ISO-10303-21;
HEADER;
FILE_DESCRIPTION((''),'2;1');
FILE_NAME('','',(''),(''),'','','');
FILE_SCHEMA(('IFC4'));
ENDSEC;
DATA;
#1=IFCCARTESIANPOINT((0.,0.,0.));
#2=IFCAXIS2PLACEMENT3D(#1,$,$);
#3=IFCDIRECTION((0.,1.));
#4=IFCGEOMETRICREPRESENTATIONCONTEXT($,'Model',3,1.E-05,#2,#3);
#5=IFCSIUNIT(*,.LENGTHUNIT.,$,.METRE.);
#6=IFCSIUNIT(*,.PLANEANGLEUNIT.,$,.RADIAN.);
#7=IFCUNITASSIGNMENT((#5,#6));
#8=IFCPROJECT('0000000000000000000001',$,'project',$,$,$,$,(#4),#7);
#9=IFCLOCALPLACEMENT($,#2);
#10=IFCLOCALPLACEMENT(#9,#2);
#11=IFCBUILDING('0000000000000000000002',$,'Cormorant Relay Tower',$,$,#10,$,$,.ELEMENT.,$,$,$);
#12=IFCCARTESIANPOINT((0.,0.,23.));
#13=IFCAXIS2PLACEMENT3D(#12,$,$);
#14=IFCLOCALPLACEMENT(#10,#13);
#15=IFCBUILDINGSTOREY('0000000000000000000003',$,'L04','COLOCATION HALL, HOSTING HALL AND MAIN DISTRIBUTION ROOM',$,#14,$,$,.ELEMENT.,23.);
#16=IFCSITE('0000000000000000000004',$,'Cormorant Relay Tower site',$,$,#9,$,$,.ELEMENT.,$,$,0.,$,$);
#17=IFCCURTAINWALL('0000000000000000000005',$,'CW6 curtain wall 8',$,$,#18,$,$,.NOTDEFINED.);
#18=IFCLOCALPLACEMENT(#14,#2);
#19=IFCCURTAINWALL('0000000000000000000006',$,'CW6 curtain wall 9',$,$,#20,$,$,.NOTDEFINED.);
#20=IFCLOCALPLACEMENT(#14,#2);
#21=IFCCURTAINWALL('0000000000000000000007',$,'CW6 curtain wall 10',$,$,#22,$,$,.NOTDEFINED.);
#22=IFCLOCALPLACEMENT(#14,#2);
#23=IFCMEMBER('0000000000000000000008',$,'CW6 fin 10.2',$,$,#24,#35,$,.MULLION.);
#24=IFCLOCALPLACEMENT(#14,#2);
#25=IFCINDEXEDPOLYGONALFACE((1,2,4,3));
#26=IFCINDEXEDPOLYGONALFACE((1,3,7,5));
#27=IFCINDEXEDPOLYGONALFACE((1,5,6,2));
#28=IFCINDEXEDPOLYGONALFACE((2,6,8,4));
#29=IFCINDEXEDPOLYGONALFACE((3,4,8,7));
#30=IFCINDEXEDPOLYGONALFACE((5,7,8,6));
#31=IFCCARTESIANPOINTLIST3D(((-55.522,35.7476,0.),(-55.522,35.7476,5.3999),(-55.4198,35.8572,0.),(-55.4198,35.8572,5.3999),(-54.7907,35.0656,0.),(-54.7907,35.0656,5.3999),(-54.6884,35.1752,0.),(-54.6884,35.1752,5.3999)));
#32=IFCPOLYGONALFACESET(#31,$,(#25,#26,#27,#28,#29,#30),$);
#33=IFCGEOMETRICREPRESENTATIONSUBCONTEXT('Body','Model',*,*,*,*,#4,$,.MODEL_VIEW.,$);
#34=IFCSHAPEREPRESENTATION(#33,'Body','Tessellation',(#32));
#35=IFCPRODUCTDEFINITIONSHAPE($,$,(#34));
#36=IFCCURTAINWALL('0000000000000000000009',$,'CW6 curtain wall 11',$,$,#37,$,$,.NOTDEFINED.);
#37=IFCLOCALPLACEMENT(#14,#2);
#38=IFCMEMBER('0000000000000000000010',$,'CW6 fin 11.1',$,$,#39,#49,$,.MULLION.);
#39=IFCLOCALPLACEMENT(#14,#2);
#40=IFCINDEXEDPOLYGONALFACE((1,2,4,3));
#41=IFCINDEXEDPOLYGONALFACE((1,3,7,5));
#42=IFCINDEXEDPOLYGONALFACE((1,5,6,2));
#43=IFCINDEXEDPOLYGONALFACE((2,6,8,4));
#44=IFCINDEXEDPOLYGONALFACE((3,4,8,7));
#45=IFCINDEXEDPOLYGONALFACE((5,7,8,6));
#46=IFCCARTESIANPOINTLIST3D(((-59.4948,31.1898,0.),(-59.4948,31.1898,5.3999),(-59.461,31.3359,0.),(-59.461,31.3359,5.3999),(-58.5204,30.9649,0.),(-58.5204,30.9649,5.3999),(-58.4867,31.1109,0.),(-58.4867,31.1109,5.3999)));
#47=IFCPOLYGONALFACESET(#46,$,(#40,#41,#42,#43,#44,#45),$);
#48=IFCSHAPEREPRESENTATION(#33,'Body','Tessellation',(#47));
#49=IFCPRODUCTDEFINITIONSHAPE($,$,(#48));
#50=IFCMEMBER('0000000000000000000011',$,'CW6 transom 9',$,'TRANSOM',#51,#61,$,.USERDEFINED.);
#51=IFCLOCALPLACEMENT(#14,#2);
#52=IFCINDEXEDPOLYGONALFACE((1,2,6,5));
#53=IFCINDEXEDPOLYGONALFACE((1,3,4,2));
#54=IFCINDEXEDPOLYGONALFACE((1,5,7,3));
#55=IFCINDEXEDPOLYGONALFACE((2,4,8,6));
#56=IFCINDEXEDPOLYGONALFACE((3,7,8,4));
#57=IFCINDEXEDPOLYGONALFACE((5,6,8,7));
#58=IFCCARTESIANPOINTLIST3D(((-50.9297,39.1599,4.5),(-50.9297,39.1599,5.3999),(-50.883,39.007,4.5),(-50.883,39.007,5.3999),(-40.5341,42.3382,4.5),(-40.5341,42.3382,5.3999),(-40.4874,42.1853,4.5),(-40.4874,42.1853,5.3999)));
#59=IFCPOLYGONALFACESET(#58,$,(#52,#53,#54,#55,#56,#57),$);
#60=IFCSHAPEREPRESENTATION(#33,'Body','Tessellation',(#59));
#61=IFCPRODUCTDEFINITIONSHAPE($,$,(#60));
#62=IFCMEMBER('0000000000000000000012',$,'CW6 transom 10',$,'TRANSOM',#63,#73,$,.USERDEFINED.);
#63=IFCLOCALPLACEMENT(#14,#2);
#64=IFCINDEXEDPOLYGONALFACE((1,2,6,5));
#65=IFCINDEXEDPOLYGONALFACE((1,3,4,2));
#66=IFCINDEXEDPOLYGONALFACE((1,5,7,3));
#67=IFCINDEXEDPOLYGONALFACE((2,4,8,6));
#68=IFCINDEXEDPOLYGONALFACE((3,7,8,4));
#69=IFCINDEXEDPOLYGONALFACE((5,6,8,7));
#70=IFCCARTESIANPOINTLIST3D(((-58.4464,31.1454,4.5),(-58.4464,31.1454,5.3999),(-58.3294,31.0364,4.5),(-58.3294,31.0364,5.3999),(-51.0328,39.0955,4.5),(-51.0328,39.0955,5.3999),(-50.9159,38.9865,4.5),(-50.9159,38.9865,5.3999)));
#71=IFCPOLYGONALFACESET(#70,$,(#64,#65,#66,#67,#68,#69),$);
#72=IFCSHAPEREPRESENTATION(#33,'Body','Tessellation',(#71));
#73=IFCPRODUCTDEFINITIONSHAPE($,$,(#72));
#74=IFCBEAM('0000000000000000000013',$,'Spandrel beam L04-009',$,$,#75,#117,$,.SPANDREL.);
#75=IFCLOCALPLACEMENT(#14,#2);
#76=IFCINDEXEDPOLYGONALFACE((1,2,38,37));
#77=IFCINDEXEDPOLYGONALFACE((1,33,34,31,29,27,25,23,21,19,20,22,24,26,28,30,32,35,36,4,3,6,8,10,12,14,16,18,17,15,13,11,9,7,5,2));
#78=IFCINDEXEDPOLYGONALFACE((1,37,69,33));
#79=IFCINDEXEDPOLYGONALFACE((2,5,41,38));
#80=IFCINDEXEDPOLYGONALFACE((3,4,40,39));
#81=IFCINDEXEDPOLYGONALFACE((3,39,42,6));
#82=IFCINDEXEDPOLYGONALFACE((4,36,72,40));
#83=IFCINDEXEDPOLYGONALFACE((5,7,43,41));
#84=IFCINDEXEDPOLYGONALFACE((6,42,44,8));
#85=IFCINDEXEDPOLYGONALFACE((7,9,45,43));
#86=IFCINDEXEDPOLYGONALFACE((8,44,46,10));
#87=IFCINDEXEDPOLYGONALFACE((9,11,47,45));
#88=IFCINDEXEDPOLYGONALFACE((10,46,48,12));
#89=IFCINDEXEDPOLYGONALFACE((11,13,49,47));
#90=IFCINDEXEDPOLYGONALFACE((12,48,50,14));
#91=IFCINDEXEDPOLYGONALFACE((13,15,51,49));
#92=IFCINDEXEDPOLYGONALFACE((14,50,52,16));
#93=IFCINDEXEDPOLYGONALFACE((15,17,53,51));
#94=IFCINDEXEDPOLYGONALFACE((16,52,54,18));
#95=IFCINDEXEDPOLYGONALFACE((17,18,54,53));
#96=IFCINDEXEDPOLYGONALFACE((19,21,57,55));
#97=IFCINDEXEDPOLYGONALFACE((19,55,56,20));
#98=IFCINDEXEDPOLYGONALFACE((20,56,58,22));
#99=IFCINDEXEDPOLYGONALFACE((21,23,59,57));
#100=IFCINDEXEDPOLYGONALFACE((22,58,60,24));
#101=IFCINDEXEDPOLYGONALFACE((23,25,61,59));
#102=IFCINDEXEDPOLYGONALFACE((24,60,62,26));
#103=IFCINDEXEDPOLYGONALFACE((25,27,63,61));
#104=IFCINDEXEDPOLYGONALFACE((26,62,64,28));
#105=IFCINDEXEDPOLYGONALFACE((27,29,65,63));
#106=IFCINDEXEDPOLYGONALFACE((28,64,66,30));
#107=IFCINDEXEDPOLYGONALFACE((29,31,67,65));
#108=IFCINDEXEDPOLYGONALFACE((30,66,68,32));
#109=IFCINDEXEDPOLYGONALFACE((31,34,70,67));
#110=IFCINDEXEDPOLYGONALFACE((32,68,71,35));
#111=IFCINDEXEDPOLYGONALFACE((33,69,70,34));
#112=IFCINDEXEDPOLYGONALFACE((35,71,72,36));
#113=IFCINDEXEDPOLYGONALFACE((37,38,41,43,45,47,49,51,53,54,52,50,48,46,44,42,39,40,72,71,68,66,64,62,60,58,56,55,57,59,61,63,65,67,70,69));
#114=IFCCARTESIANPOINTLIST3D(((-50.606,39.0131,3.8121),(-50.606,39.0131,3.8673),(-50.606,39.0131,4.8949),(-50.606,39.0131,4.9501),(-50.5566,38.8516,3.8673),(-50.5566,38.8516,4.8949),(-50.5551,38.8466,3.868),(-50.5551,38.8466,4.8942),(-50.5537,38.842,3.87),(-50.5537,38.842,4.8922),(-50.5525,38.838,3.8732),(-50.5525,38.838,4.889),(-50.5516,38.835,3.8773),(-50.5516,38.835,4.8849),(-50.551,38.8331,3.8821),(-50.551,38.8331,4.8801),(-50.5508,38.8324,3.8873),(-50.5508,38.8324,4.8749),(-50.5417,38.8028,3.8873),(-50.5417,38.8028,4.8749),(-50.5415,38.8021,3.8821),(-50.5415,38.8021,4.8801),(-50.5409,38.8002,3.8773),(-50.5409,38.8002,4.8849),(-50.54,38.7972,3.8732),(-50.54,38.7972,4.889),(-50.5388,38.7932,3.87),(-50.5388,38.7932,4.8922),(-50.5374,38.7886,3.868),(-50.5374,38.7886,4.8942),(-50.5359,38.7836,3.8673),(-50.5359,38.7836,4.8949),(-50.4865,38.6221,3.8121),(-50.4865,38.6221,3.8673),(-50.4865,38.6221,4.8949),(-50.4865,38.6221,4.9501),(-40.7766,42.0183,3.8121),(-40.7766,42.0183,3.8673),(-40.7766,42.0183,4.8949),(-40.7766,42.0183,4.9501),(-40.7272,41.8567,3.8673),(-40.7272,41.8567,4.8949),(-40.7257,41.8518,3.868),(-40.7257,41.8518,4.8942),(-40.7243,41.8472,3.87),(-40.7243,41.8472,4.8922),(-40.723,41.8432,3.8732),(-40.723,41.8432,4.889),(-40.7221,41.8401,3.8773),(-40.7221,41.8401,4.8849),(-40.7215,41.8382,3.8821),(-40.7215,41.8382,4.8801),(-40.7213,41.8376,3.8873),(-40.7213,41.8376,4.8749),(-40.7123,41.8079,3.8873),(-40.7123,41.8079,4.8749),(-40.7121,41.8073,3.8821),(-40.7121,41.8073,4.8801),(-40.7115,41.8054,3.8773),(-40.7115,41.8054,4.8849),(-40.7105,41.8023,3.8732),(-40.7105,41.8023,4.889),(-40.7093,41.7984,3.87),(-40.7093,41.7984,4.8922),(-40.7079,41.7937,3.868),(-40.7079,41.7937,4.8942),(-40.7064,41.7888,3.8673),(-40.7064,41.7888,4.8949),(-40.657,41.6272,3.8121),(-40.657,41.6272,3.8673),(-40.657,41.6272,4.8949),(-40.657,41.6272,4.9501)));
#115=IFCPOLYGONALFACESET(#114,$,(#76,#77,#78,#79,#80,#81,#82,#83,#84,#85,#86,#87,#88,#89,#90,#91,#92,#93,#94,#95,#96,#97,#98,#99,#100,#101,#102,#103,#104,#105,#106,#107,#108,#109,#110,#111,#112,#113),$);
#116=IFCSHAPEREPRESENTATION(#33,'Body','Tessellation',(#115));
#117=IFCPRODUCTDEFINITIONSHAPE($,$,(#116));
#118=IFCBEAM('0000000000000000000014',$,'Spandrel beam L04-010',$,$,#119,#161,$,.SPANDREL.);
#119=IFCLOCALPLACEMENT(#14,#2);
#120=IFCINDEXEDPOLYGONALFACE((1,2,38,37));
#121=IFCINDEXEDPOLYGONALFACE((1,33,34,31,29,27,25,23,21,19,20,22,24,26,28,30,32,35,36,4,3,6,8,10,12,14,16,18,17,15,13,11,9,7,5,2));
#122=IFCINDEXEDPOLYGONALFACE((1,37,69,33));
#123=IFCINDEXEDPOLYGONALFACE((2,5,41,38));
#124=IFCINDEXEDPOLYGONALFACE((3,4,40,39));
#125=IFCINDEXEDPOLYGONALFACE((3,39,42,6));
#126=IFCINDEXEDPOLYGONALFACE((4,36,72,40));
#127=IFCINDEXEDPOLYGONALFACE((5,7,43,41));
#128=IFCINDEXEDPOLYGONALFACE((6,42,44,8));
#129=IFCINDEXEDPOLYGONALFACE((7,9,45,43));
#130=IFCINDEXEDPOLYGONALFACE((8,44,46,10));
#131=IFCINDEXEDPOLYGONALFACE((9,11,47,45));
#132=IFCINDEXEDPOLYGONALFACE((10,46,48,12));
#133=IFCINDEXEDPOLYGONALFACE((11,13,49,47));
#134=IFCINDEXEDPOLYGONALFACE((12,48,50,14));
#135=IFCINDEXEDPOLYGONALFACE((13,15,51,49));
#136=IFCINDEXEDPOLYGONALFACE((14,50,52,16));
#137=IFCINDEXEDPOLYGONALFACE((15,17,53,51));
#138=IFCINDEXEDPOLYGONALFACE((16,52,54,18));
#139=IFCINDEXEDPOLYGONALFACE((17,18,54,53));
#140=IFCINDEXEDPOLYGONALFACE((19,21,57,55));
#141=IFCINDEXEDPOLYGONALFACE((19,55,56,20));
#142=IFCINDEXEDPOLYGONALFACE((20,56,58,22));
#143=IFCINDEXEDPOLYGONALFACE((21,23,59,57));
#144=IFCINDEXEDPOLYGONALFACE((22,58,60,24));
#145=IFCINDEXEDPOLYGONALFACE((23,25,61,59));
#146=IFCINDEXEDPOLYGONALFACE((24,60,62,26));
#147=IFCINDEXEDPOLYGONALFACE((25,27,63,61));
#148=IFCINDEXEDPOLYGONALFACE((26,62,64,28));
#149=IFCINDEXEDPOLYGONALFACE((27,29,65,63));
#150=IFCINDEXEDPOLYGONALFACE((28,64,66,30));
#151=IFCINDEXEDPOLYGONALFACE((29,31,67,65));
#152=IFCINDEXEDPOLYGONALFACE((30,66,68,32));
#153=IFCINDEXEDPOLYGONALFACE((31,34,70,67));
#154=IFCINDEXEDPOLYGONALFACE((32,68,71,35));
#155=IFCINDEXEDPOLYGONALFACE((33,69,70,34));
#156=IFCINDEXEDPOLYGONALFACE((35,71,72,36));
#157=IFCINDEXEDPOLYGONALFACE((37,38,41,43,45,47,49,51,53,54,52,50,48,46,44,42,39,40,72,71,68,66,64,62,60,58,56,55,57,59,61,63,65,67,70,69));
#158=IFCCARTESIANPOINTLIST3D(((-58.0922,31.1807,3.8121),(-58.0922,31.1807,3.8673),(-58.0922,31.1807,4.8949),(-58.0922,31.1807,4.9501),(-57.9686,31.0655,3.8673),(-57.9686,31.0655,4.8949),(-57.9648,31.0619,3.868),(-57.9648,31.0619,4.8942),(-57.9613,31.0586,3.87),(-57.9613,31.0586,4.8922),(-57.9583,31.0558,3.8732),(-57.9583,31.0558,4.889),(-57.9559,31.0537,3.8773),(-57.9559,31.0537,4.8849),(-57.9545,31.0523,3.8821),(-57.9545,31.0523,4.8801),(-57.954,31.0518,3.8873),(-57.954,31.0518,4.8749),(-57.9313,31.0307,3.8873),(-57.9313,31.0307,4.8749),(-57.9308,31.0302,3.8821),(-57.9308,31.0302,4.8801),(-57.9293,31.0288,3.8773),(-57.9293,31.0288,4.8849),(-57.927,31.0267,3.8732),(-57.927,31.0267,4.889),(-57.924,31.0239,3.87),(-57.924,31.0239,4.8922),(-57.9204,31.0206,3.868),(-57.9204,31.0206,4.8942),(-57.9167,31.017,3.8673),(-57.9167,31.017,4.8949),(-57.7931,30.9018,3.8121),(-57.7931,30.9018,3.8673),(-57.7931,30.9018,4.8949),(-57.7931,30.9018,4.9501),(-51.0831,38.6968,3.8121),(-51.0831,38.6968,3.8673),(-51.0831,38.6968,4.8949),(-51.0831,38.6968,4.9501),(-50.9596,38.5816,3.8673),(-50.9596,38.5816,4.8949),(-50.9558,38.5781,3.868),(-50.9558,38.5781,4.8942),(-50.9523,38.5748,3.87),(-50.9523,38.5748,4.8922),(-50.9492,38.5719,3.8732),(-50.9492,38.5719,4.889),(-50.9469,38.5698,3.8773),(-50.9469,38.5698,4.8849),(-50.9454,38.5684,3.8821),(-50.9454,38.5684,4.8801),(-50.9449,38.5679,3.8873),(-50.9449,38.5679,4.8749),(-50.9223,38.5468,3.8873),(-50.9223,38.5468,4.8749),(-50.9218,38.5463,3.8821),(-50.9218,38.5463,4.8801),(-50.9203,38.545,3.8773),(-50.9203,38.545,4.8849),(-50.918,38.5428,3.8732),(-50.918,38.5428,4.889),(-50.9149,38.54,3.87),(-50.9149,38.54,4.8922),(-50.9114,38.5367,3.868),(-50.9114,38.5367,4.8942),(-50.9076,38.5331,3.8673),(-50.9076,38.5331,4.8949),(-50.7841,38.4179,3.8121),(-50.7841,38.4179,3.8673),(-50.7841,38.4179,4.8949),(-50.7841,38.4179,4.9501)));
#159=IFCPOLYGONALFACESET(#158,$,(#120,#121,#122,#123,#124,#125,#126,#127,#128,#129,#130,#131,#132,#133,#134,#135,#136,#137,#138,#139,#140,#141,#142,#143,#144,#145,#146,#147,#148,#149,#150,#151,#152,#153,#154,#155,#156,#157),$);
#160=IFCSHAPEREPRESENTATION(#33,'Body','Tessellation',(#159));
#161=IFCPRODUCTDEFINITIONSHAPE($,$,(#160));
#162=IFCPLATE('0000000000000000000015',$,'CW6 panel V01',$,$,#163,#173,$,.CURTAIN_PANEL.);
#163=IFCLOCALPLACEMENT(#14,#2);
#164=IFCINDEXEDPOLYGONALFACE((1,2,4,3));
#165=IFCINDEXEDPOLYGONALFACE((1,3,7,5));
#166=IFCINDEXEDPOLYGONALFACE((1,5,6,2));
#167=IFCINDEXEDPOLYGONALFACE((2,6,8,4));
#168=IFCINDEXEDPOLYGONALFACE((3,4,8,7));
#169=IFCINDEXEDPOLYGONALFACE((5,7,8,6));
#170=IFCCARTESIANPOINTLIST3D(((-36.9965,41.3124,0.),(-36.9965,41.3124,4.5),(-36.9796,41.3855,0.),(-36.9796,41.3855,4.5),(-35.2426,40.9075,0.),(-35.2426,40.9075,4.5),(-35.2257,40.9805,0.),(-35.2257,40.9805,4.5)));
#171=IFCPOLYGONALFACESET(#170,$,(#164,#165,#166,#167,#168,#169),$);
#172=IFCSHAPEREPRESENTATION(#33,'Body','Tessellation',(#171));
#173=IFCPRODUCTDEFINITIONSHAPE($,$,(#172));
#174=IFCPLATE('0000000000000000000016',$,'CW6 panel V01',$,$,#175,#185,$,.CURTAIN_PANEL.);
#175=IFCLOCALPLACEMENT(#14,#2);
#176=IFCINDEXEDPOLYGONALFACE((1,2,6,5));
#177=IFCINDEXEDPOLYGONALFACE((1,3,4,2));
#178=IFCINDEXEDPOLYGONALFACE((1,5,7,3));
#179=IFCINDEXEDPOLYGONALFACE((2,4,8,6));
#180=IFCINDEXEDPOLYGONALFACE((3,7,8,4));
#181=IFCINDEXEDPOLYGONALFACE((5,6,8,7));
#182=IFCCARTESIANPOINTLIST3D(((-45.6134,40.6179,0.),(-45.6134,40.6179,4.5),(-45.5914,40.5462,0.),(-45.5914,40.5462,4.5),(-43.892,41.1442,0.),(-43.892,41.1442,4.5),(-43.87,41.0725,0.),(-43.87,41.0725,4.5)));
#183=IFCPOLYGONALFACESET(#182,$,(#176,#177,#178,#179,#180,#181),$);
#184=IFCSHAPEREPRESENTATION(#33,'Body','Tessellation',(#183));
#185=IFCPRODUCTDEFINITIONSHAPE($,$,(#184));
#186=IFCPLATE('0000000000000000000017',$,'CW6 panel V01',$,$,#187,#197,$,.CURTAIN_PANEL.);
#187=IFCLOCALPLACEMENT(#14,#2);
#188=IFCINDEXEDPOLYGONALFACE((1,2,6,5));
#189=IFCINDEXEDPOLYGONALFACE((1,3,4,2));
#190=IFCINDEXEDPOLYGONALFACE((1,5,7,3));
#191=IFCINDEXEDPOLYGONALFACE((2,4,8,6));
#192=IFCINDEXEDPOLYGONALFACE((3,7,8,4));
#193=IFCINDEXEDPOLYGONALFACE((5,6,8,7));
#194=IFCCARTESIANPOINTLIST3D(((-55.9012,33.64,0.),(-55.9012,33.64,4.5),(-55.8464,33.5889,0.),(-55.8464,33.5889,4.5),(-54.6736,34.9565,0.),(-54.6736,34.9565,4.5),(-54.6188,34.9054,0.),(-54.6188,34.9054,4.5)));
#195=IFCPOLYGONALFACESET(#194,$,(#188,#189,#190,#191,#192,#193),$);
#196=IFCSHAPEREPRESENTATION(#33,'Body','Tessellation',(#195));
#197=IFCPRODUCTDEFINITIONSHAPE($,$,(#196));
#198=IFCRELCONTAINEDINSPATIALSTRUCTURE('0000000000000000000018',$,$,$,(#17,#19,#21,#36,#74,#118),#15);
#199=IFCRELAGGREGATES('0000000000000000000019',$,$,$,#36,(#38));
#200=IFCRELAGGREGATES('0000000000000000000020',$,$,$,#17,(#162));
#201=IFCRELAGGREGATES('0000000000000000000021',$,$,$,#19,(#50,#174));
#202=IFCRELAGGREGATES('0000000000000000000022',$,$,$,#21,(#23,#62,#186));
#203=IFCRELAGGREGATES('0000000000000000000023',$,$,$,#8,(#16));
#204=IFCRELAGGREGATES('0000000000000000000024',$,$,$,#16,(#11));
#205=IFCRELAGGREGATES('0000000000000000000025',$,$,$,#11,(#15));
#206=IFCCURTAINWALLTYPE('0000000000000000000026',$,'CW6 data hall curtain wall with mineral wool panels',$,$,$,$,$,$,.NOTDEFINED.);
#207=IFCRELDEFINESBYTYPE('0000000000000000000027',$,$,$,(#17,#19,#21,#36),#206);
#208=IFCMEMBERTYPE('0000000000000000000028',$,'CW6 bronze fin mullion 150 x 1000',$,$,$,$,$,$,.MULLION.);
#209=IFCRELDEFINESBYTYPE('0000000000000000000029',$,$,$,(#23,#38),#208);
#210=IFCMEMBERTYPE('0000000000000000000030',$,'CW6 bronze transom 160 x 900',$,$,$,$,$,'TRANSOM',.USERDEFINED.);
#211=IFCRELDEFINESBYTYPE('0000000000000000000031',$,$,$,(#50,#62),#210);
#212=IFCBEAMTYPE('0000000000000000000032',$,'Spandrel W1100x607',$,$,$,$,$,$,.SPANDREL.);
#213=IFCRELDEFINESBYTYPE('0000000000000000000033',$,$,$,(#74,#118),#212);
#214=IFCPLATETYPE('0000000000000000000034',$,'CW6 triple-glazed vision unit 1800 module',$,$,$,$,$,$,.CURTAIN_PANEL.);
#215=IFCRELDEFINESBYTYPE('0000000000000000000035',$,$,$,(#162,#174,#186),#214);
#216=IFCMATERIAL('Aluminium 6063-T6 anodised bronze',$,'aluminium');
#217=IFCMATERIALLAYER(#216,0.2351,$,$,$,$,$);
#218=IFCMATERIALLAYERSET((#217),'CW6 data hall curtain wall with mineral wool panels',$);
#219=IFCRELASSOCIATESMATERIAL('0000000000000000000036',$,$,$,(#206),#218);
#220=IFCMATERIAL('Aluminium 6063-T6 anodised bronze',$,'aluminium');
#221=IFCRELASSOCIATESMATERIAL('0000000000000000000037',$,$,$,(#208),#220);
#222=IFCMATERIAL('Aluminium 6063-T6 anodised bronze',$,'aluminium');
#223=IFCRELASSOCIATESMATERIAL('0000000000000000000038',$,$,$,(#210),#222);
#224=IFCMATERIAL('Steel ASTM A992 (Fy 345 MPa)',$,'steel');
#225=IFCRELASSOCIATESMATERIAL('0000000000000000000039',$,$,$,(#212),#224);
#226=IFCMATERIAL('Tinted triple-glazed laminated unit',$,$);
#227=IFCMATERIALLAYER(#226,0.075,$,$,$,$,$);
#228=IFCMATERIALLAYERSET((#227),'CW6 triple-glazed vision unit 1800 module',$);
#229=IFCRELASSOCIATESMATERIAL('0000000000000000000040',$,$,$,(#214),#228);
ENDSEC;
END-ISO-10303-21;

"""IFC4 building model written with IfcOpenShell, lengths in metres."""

from ifc_helpers import new_model, si_unit, direction, frame, origin, origin_2d, place, context, subcontext, project, spatial, rectangle, i_section, extrude, material, layer, layer_set, material_profile, profile_set, type_object, element, aggregate, save


model = new_model("IFC4")

# Units and contexts
model_context = context("Model", 3, precision=1e-05, world=origin(), true_north=direction((0.0, 1.0)))
body_context = subcontext(model_context, "Body", "Model", "MODEL_VIEW")
ifc_project = project(units=[si_unit("LENGTHUNIT", "METRE"), si_unit("PLANEANGLEUNIT", "RADIAN")], contexts=[model_context])

# Site, building, storey
site_placement = place(None, origin())
site = spatial("IfcSite", under=ifc_project, at=site_placement, Name="Cormorant Relay Tower site", CompositionType="ELEMENT", RefElevation=0.0)
building_placement = place(site_placement, origin())
building = spatial("IfcBuilding", under=site, at=building_placement, Name="Cormorant Relay Tower", CompositionType="ELEMENT")
storey_placement = place(building_placement, frame((0.0, 0.0, 23.0)))
storey = spatial("IfcBuildingStorey", under=building, at=storey_placement, Name="L04", Description="COLOCATION HALL, HOSTING HALL AND MAIN DISTRIBUTION ROOM", CompositionType="ELEMENT", Elevation=23.0)

# Curtain wall
ifc_material_1 = material(Name="Aluminium 6063-T6 anodised bronze", Category="aluminium")
ifc_layer_1 = layer(ifc_material_1, 0.2351)
ifc_layer_set_1 = layer_set([ifc_layer_1], Name="CW6 data hall curtain wall with mineral wool panels")
curtain_wall_type = type_object("IfcCurtainWallType", Name="CW6 data hall curtain wall with mineral wool panels", PredefinedType="NOTDEFINED", material=ifc_layer_set_1)
curtain_wall_1_placement = place(storey_placement, origin())
curtain_wall_1 = element("IfcCurtainWall", 1, at=curtain_wall_1_placement, inside=storey, type_object=curtain_wall_type, Name="CW6 curtain wall 8", PredefinedType="NOTDEFINED")
ifc_material_2 = material(Name="Aluminium 6063-T6 anodised bronze", Category="aluminium")
ifc_material_profile_1 = material_profile(ifc_material_2, rectangle(XDim=0.1499, YDim=1.0, at=origin_2d()), Name="AL 150x1000")
ifc_profile_set_1 = profile_set([ifc_material_profile_1], Name="Aluminium 6063-T6 anodised bronze")
member_type_1 = type_object("IfcMemberType", Name="CW6 bronze fin mullion 150 x 1000", PredefinedType="MULLION", material=ifc_profile_set_1)

# Curtain walls, member
curtain_wall_2_placement = place(storey_placement, origin())
curtain_wall_2 = element("IfcCurtainWall", 2, at=curtain_wall_2_placement, inside=storey, type_object=curtain_wall_type, Name="CW6 curtain wall 9", PredefinedType="NOTDEFINED")
curtain_wall_3_placement = place(storey_placement, origin())
curtain_wall_3 = element("IfcCurtainWall", 3, at=curtain_wall_3_placement, inside=storey, type_object=curtain_wall_type, Name="CW6 curtain wall 10", PredefinedType="NOTDEFINED")
member_1_placement = place(storey_placement, frame((-55.1052, 35.4614, 0.0), z_axis=(0.0, 0.0, 1.0), x_axis=(-0.681998, -0.731354, 0.0)))
member_1 = element("IfcMember", 4, at=member_1_placement, type_object=member_type_1, Name="CW6 fin 10.2", PredefinedType="MULLION", context=body_context, shape_type="SweptSolid", body=[
    extrude(rectangle(XDim=0.1499, YDim=1.0, at=origin_2d()), origin(), (0.0, 0.0, 1.0), 5.3999),
])

# Curtain wall, member
curtain_wall_4_placement = place(storey_placement, origin())
curtain_wall_4 = element("IfcCurtainWall", 5, at=curtain_wall_4_placement, inside=storey, type_object=curtain_wall_type, Name="CW6 curtain wall 11", PredefinedType="NOTDEFINED")
member_2_placement = place(storey_placement, frame((-58.9907, 31.1504, 0.0), z_axis=(0.0, 0.0, 1.0), x_axis=(-0.224951, -0.97437, 0.0)))
member_2 = element("IfcMember", 6, at=member_2_placement, type_object=member_type_1, Name="CW6 fin 11.1", PredefinedType="MULLION", context=body_context, shape_type="SweptSolid", body=[
    extrude(rectangle(XDim=0.1499, YDim=1.0, at=origin_2d()), origin(), (0.0, 0.0, 1.0), 5.3999),
])
aggregate(curtain_wall_4, [member_2])

# Members
ifc_material_3 = material(Name="Aluminium 6063-T6 anodised bronze", Category="aluminium")
ifc_material_profile_2 = material_profile(ifc_material_3, rectangle(XDim=0.1599, YDim=0.8999, at=origin_2d()), Name="AL 160x900")
ifc_profile_set_2 = profile_set([ifc_material_profile_2], Name="Aluminium 6063-T6 anodised bronze")
member_type_2 = type_object("IfcMemberType", Name="CW6 bronze transom 160 x 900", ElementType="TRANSOM", PredefinedType="USERDEFINED", material=ifc_profile_set_2)
member_3_placement = place(storey_placement, frame((-40.5107, 42.2617, 4.95), z_axis=(-0.956305, -0.292371, 0.0), x_axis=(0.292371, -0.956305, 0.0)))
member_3 = element("IfcMember", 7, at=member_3_placement, type_object=member_type_2, Name="CW6 transom 9", ObjectType="TRANSOM", PredefinedType="USERDEFINED", context=body_context, shape_type="SweptSolid", body=[
    extrude(rectangle(XDim=0.1599, YDim=0.8999, at=origin_2d()), origin(), (0.0, 0.0, 1.0), 10.8706),
])
member_4_placement = place(storey_placement, frame((-50.9744, 39.041, 4.95), z_axis=(-0.681993, -0.731358, 0.0), x_axis=(0.731358, -0.681993, 0.0)))
member_4 = element("IfcMember", 8, at=member_4_placement, type_object=member_type_2, Name="CW6 transom 10", ObjectType="TRANSOM", PredefinedType="USERDEFINED", context=body_context, shape_type="SweptSolid", body=[
    extrude(rectangle(XDim=0.1599, YDim=0.8999, at=origin_2d()), origin(), (0.0, 0.0, 1.0), 10.8704),
])

# Beams
ifc_material_4 = material(Name="Steel ASTM A992 (Fy 345 MPa)", Category="steel")
ifc_material_profile_3 = material_profile(ifc_material_4, i_section(OverallWidth=0.4089, OverallDepth=1.1379, WebThickness=0.031, FlangeThickness=0.0552, FilletRadius=0.02, at=origin_2d()), Name="W1100x607")
ifc_profile_set_3 = profile_set([ifc_material_profile_3], Name="Steel ASTM A992 (Fy 345 MPa)")
beam_type = type_object("IfcBeamType", Name="Spandrel W1100x607", PredefinedType="SPANDREL", material=ifc_profile_set_3)
beam_1_placement = place(storey_placement, frame((-40.7168, 41.8228, 4.3811), z_axis=(-0.956305, -0.292371, 0.0), x_axis=(0.292371, -0.956305, 0.0)))
element("IfcBeam", 9, at=beam_1_placement, inside=storey, type_object=beam_type, Name="Spandrel beam L04-009", PredefinedType="SPANDREL", context=body_context, shape_type="SweptSolid", body=[
    extrude(i_section(OverallWidth=0.4089, OverallDepth=1.1379, WebThickness=0.031, FlangeThickness=0.0552, FilletRadius=0.02, at=origin_2d()), origin(), (0.0, 0.0, 1.0), 10.2786),
])
beam_2_placement = place(storey_placement, frame((-50.9336, 38.5574, 4.3811), z_axis=(-0.682006, -0.731347, 0.0), x_axis=(0.731347, -0.682006, 0.0)))
element("IfcBeam", 10, at=beam_2_placement, inside=storey, type_object=beam_type, Name="Spandrel beam L04-010", PredefinedType="SPANDREL", context=body_context, shape_type="SweptSolid", body=[
    extrude(i_section(OverallWidth=0.4089, OverallDepth=1.1379, WebThickness=0.031, FlangeThickness=0.0552, FilletRadius=0.02, at=origin_2d()), origin(), (0.0, 0.0, 1.0), 10.2771),
])

# Plates
ifc_material_5 = material(Name="Tinted triple-glazed laminated unit")
ifc_layer_2 = layer(ifc_material_5, 0.075)
ifc_layer_set_2 = layer_set([ifc_layer_2], Name="CW6 triple-glazed vision unit 1800 module")
plate_type = type_object("IfcPlateType", Name="CW6 triple-glazed vision unit 1800 module", PredefinedType="CURTAIN_PANEL", material=ifc_layer_set_2)
plate_1_placement = place(storey_placement, frame((-36.1111, 41.1465, 0.0), z_axis=(0.0, 0.0, 1.0), x_axis=(-0.97437, 0.224951, 0.0)))
plate_1 = element("IfcPlate", 11, at=plate_1_placement, type_object=plate_type, Name="CW6 panel V01", PredefinedType="CURTAIN_PANEL", context=body_context, shape_type="SweptSolid", body=[
    extrude(rectangle(XDim=1.8, YDim=0.075, at=origin_2d()), origin(), (0.0, 0.0, 1.0), 4.5),
])
plate_2_placement = place(storey_placement, frame((-44.7417, 40.8452, 0.0), z_axis=(0.0, 0.0, 1.0), x_axis=(-0.956305, -0.292372, 0.0)))
plate_2 = element("IfcPlate", 12, at=plate_2_placement, type_object=plate_type, Name="CW6 panel V01", PredefinedType="CURTAIN_PANEL", context=body_context, shape_type="SweptSolid", body=[
    extrude(rectangle(XDim=1.8, YDim=0.075, at=origin_2d()), origin(), (0.0, 0.0, 1.0), 4.5),
])
plate_3_placement = place(storey_placement, frame((-55.26, 34.2727, 0.0), z_axis=(0.0, 0.0, 1.0), x_axis=(-0.681998, -0.731354, 0.0)))
plate_3 = element("IfcPlate", 13, at=plate_3_placement, type_object=plate_type, Name="CW6 panel V01", PredefinedType="CURTAIN_PANEL", context=body_context, shape_type="SweptSolid", body=[
    extrude(rectangle(XDim=1.8, YDim=0.075, at=origin_2d()), origin(), (0.0, 0.0, 1.0), 4.5),
])

aggregate(curtain_wall_1, [plate_1])
aggregate(curtain_wall_2, [member_3, plate_2])
aggregate(curtain_wall_3, [member_1, member_4, plate_3])

save(model, "model.ifc")
